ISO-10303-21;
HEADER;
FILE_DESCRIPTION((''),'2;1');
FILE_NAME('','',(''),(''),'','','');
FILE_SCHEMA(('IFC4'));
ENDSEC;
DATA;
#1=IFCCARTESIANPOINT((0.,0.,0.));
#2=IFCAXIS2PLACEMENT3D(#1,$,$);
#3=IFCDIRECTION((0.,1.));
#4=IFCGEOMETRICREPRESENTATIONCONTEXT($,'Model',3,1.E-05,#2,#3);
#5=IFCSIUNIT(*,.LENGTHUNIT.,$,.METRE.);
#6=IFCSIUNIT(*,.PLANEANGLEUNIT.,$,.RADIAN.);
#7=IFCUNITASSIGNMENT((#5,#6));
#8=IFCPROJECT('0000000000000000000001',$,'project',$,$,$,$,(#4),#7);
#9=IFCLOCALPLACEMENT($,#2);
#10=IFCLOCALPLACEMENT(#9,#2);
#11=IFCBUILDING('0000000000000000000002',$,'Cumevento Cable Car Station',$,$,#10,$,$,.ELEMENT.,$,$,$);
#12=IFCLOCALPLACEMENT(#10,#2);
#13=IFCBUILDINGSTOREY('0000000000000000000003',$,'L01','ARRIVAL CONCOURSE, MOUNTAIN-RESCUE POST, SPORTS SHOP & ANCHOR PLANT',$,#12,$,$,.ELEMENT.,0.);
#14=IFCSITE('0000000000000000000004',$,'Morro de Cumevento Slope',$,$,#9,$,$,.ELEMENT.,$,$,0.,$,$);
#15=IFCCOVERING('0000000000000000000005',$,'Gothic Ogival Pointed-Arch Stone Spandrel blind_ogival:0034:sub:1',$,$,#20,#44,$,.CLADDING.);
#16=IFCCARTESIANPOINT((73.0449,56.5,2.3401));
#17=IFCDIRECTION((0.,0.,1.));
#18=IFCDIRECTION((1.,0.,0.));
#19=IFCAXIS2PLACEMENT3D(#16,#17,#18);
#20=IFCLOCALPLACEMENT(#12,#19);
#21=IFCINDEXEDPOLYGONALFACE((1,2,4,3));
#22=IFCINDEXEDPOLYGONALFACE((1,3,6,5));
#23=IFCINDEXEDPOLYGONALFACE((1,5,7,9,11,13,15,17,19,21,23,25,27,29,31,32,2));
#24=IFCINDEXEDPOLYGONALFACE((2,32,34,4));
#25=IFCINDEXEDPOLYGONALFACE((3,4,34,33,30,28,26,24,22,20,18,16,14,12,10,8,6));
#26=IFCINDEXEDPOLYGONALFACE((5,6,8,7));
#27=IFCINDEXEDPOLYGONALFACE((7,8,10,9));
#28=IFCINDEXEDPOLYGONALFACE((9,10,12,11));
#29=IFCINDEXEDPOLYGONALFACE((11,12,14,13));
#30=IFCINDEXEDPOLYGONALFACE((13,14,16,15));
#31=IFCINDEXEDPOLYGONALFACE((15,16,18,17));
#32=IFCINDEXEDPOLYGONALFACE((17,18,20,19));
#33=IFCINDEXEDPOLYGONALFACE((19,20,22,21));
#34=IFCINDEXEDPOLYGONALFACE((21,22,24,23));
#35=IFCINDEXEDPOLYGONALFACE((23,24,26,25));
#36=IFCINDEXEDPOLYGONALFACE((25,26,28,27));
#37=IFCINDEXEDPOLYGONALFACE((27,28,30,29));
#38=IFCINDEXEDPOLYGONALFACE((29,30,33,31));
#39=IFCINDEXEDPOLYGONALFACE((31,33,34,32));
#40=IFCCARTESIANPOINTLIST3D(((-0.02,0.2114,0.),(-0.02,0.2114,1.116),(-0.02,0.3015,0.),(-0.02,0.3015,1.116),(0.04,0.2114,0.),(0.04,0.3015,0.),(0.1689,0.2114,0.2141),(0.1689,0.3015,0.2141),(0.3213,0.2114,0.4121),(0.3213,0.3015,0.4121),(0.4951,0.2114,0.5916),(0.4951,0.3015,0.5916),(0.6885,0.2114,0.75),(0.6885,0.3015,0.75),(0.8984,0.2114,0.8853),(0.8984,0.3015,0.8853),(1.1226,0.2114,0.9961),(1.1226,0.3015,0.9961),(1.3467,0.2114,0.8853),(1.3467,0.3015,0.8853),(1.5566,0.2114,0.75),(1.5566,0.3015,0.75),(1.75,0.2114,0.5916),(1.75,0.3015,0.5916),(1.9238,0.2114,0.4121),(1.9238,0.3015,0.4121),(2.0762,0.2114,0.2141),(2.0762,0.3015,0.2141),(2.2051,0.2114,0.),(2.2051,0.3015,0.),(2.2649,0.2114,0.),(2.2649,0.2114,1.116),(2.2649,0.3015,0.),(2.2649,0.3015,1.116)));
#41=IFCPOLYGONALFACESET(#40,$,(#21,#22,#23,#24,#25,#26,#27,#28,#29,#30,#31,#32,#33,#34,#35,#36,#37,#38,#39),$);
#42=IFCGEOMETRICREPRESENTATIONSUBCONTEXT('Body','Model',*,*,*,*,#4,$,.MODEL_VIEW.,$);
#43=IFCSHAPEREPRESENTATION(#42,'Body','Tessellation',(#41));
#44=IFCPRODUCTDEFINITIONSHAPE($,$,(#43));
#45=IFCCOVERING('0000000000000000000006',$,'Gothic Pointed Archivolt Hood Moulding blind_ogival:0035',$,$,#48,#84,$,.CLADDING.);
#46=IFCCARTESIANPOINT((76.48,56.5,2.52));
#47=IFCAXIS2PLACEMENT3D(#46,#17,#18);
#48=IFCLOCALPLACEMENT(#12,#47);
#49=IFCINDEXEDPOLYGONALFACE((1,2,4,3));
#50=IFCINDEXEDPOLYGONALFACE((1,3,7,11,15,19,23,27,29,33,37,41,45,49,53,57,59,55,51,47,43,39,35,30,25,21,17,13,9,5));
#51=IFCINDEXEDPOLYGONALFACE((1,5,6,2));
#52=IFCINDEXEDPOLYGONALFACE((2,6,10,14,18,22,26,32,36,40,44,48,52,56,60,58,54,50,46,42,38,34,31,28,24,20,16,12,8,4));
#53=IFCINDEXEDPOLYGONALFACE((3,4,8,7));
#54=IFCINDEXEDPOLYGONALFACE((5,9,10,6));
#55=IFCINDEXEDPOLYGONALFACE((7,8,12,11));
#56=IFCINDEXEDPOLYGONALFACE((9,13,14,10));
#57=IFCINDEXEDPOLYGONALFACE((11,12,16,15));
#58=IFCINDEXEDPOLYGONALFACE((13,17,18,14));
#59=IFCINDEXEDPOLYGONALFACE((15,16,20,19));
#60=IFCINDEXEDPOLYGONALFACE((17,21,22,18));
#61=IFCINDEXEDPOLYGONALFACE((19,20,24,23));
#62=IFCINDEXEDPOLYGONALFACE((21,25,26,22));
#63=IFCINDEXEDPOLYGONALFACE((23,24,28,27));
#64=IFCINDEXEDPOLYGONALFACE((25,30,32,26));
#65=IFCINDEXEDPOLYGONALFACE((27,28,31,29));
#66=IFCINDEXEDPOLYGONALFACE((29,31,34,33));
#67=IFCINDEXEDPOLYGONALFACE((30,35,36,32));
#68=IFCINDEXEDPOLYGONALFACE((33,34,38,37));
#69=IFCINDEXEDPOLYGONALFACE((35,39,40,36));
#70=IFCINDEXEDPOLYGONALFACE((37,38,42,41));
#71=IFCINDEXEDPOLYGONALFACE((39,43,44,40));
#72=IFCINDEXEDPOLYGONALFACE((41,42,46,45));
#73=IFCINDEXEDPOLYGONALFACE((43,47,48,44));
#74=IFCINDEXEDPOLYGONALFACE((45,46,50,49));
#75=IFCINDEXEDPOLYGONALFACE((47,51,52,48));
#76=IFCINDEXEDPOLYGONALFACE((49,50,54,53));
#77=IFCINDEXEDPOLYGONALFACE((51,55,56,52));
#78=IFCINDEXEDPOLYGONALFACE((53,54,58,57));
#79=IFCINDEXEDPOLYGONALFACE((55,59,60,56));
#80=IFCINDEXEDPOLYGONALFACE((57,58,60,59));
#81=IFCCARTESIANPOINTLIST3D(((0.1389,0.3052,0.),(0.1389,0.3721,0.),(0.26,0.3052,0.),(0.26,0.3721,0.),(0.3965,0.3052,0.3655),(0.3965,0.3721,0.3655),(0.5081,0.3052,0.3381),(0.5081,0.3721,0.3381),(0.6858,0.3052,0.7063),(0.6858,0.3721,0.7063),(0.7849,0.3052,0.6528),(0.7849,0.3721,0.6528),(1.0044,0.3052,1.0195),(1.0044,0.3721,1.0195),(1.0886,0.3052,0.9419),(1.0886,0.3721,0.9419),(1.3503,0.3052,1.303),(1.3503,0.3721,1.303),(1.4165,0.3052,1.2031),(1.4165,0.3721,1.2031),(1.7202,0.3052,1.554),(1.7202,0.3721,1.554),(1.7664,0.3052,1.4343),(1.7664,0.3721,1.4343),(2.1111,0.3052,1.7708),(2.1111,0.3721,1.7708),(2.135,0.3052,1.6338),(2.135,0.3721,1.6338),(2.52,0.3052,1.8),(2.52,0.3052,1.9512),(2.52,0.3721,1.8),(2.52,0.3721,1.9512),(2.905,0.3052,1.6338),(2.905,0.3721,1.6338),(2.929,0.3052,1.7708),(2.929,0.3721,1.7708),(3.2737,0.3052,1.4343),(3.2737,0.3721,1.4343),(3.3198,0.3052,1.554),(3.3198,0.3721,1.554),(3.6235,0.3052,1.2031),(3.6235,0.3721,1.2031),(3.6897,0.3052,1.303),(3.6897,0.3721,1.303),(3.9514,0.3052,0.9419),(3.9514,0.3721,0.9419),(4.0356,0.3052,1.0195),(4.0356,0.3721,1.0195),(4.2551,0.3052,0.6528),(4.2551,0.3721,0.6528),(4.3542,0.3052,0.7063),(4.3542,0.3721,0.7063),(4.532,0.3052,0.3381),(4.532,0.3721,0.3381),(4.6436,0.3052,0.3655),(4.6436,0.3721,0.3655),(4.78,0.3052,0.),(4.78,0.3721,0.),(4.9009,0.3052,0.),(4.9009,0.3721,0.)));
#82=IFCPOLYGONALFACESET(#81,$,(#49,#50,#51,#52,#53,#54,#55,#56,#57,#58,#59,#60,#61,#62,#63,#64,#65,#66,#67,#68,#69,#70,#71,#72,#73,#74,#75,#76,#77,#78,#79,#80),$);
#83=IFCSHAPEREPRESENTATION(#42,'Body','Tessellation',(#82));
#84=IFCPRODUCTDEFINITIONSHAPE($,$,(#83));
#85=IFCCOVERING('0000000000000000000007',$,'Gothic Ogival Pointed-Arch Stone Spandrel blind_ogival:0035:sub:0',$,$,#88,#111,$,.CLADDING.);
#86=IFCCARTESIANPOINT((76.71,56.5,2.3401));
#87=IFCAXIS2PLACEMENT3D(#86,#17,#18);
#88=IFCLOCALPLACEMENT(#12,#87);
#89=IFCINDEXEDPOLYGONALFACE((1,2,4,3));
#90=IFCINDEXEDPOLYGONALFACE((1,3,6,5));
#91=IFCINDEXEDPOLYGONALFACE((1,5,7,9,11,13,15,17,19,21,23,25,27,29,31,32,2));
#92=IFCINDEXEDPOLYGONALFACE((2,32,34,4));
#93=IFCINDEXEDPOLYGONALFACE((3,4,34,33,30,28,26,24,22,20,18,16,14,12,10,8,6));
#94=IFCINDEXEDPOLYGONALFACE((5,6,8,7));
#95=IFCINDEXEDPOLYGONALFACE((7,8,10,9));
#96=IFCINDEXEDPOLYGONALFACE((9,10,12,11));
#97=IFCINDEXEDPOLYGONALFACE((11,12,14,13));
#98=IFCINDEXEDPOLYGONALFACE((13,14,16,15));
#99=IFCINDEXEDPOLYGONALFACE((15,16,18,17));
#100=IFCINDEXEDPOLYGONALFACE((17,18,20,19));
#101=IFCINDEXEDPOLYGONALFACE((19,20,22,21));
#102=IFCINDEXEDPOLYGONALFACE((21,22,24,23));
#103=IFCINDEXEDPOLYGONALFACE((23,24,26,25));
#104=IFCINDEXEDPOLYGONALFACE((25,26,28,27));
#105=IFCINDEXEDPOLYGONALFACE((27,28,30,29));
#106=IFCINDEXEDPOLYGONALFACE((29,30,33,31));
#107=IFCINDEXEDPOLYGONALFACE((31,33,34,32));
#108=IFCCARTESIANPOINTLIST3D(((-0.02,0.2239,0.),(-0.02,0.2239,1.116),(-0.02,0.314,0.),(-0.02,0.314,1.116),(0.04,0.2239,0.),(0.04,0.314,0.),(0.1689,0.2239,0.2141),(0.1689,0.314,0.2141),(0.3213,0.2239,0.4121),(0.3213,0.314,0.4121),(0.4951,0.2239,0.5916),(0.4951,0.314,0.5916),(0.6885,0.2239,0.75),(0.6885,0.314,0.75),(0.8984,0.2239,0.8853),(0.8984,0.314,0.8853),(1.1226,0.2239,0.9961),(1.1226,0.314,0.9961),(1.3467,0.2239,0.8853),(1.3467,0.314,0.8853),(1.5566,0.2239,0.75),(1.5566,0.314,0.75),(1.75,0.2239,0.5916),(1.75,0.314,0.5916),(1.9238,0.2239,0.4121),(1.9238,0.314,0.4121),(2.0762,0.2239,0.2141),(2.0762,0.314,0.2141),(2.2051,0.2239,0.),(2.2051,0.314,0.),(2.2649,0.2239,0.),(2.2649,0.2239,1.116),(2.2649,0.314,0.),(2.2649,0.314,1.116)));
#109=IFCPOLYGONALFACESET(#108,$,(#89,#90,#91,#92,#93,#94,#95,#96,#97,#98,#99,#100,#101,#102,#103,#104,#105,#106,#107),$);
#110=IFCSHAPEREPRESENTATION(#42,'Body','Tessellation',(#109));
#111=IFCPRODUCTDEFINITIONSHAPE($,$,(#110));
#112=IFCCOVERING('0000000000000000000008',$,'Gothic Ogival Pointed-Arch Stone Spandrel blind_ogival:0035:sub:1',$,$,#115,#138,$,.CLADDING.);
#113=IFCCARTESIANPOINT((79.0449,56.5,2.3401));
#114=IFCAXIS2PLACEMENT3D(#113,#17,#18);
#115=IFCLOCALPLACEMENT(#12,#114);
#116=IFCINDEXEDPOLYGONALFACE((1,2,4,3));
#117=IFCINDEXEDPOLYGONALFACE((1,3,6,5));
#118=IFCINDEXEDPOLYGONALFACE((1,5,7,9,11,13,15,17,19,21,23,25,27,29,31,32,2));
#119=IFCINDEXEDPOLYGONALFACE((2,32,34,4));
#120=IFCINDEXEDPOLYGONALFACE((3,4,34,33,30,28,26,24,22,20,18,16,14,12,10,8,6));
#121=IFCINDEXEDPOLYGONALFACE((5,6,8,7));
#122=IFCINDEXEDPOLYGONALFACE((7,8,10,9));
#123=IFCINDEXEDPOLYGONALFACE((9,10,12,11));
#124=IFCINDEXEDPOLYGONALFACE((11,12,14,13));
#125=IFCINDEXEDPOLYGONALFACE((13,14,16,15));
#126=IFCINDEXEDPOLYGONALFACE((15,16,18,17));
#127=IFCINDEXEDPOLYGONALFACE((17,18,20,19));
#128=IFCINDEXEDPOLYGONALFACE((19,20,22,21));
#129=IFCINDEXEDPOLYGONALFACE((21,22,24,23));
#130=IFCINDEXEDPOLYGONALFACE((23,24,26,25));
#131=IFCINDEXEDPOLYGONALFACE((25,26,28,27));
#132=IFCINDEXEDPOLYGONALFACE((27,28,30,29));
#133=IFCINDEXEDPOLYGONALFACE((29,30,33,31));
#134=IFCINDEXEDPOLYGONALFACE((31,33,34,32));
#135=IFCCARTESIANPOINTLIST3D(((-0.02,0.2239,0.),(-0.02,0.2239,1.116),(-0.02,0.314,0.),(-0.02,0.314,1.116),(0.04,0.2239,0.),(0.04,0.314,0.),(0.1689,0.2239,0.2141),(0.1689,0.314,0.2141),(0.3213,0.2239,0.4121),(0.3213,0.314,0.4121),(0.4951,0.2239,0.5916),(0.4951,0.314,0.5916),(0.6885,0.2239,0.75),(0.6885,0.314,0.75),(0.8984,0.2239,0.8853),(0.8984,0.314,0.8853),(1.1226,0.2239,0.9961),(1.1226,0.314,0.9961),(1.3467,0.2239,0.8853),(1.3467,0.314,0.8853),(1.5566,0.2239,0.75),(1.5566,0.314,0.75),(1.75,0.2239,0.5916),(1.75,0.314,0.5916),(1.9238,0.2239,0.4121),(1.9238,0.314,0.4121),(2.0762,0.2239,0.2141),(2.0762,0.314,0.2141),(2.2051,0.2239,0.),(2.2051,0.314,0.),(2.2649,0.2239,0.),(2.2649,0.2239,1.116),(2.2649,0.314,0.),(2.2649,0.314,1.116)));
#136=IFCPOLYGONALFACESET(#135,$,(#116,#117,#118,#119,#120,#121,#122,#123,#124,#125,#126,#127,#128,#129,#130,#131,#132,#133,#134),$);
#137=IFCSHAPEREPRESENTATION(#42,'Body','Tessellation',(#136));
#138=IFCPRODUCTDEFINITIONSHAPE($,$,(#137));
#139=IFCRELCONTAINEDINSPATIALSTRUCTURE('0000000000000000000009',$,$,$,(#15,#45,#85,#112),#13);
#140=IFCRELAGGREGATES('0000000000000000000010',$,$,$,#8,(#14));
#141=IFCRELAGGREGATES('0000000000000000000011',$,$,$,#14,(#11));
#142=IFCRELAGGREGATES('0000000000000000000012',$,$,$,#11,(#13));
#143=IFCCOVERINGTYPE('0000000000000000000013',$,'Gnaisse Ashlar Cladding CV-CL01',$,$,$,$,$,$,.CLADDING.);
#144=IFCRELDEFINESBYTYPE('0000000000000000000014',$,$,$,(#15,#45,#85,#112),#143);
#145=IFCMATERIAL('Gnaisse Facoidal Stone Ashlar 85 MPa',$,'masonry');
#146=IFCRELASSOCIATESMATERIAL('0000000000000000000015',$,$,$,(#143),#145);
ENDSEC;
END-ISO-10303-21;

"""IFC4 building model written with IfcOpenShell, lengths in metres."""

from ifc_helpers import new_model, si_unit, direction, frame, origin, place, context, subcontext, project, spatial, polyline, outline, extrude, material, type_object, element, save


model = new_model("IFC4")

# Units and contexts
model_context = context("Model", 3, precision=1e-05, world=origin(), true_north=direction((0.0, 1.0)))
body_context = subcontext(model_context, "Body", "Model", "MODEL_VIEW")
ifc_project = project(units=[si_unit("LENGTHUNIT", "METRE"), si_unit("PLANEANGLEUNIT", "RADIAN")], contexts=[model_context])

# Site, building, storey
site_placement = place(None, origin())
site = spatial("IfcSite", under=ifc_project, at=site_placement, Name="Morro de Cumevento Slope", CompositionType="ELEMENT", RefElevation=0.0)
building_placement = place(site_placement, origin())
building = spatial("IfcBuilding", under=site, at=building_placement, Name="Cumevento Cable Car Station", CompositionType="ELEMENT")
storey_placement = place(building_placement, origin())
storey = spatial("IfcBuildingStorey", under=building, at=storey_placement, Name="L01", Description="ARRIVAL CONCOURSE, MOUNTAIN-RESCUE POST, SPORTS SHOP & ANCHOR PLANT", CompositionType="ELEMENT", Elevation=0.0)

# Coverings
ifc_material_1 = material(Name="Gnaisse Facoidal Stone Ashlar 85 MPa", Category="masonry")
covering_type = type_object("IfcCoveringType", Name="Gnaisse Ashlar Cladding CV-CL01", PredefinedType="CLADDING", material=ifc_material_1)
covering_1_placement = place(storey_placement, frame((73.0449, 56.5, 2.3401), z_axis=(0.0, 0.0, 1.0), x_axis=(1.0, 0.0, 0.0)))
element("IfcCovering", 1, at=covering_1_placement, inside=storey, type_object=covering_type, Name="Gothic Ogival Pointed-Arch Stone Spandrel blind_ogival:0034:sub:1", PredefinedType="CLADDING", context=body_context, shape_type="SweptSolid", body=[
    extrude(outline(polyline([(-0.02, 0.0), (-0.02, 1.116), (2.2649, 1.116), (2.2649, 0.0), (2.2051, 0.0), (2.0762, 0.2141), (1.9238, 0.4121), (1.75, 0.5916), (1.5566, 0.75), (1.3467, 0.8853), (1.1226, 0.9961), (0.8984, 0.8853), (0.6885, 0.75), (0.4951, 0.5916), (0.3213, 0.4121), (0.1689, 0.2141), (0.04, 0.0), (-0.02, 0.0)])), frame((0.0, 0.3015, 0.0), z_axis=(0.0, -1.0, 0.0), x_axis=(1.0, 0.0, 0.0)), (0.0, 0.0, 1.0), 0.0901),
])
covering_2_placement = place(storey_placement, frame((76.48, 56.5, 2.52), z_axis=(0.0, 0.0, 1.0), x_axis=(1.0, 0.0, 0.0)))
element("IfcCovering", 2, at=covering_2_placement, inside=storey, type_object=covering_type, Name="Gothic Pointed Archivolt Hood Moulding blind_ogival:0035", PredefinedType="CLADDING", context=body_context, shape_type="SweptSolid", body=[
    extrude(outline(polyline([(0.26, 0.0), (0.5081, 0.3381), (0.7849, 0.6528), (1.0886, 0.9419), (1.4165, 1.2031), (1.7664, 1.4343), (2.135, 1.6338), (2.52, 1.8), (2.905, 1.6338), (3.2737, 1.4343), (3.6235, 1.2031), (3.9514, 0.9419), (4.2551, 0.6528), (4.532, 0.3381), (4.78, 0.0), (4.9009, 0.0), (4.6436, 0.3655), (4.3542, 0.7063), (4.0356, 1.0195), (3.6897, 1.303), (3.3198, 1.554), (2.929, 1.7708), (2.52, 1.9512), (2.1111, 1.7708), (1.7202, 1.554), (1.3503, 1.303), (1.0044, 1.0195), (0.6858, 0.7063), (0.3965, 0.3655), (0.1389, 0.0), (0.26, 0.0)])), frame((0.0, 0.3721, 0.0), z_axis=(0.0, -1.0, 0.0), x_axis=(1.0, 0.0, 0.0)), (0.0, 0.0, 1.0), 0.0669),
])
for number, where, z_axis, x_axis, name in (
    (3, (76.71, 56.5, 2.3401), (0.0, 0.0, 1.0), (1.0, 0.0, 0.0), "Gothic Ogival Pointed-Arch Stone Spandrel blind_ogival:0035:sub:0"),
    (4, (79.0449, 56.5, 2.3401), (0.0, 0.0, 1.0), (1.0, 0.0, 0.0), "Gothic Ogival Pointed-Arch Stone Spandrel blind_ogival:0035:sub:1"),
):
    element("IfcCovering", number, at=place(storey_placement, frame(where, z_axis=z_axis, x_axis=x_axis)), inside=storey, type_object=covering_type, Name=name, PredefinedType="CLADDING", context=body_context, shape_type="SweptSolid", body=[
        extrude(outline(polyline([(-0.02, 0.0), (-0.02, 1.116), (2.2649, 1.116), (2.2649, 0.0), (2.2051, 0.0), (2.0762, 0.2141), (1.9238, 0.4121), (1.75, 0.5916), (1.5566, 0.75), (1.3467, 0.8853), (1.1226, 0.9961), (0.8984, 0.8853), (0.6885, 0.75), (0.4951, 0.5916), (0.3213, 0.4121), (0.1689, 0.2141), (0.04, 0.0), (-0.02, 0.0)])), frame((0.0, 0.314, 0.0), z_axis=(0.0, -1.0, 0.0), x_axis=(1.0, 0.0, 0.0)), (0.0, 0.0, 1.0), 0.0901),
    ])

save(model, "model.ifc")
